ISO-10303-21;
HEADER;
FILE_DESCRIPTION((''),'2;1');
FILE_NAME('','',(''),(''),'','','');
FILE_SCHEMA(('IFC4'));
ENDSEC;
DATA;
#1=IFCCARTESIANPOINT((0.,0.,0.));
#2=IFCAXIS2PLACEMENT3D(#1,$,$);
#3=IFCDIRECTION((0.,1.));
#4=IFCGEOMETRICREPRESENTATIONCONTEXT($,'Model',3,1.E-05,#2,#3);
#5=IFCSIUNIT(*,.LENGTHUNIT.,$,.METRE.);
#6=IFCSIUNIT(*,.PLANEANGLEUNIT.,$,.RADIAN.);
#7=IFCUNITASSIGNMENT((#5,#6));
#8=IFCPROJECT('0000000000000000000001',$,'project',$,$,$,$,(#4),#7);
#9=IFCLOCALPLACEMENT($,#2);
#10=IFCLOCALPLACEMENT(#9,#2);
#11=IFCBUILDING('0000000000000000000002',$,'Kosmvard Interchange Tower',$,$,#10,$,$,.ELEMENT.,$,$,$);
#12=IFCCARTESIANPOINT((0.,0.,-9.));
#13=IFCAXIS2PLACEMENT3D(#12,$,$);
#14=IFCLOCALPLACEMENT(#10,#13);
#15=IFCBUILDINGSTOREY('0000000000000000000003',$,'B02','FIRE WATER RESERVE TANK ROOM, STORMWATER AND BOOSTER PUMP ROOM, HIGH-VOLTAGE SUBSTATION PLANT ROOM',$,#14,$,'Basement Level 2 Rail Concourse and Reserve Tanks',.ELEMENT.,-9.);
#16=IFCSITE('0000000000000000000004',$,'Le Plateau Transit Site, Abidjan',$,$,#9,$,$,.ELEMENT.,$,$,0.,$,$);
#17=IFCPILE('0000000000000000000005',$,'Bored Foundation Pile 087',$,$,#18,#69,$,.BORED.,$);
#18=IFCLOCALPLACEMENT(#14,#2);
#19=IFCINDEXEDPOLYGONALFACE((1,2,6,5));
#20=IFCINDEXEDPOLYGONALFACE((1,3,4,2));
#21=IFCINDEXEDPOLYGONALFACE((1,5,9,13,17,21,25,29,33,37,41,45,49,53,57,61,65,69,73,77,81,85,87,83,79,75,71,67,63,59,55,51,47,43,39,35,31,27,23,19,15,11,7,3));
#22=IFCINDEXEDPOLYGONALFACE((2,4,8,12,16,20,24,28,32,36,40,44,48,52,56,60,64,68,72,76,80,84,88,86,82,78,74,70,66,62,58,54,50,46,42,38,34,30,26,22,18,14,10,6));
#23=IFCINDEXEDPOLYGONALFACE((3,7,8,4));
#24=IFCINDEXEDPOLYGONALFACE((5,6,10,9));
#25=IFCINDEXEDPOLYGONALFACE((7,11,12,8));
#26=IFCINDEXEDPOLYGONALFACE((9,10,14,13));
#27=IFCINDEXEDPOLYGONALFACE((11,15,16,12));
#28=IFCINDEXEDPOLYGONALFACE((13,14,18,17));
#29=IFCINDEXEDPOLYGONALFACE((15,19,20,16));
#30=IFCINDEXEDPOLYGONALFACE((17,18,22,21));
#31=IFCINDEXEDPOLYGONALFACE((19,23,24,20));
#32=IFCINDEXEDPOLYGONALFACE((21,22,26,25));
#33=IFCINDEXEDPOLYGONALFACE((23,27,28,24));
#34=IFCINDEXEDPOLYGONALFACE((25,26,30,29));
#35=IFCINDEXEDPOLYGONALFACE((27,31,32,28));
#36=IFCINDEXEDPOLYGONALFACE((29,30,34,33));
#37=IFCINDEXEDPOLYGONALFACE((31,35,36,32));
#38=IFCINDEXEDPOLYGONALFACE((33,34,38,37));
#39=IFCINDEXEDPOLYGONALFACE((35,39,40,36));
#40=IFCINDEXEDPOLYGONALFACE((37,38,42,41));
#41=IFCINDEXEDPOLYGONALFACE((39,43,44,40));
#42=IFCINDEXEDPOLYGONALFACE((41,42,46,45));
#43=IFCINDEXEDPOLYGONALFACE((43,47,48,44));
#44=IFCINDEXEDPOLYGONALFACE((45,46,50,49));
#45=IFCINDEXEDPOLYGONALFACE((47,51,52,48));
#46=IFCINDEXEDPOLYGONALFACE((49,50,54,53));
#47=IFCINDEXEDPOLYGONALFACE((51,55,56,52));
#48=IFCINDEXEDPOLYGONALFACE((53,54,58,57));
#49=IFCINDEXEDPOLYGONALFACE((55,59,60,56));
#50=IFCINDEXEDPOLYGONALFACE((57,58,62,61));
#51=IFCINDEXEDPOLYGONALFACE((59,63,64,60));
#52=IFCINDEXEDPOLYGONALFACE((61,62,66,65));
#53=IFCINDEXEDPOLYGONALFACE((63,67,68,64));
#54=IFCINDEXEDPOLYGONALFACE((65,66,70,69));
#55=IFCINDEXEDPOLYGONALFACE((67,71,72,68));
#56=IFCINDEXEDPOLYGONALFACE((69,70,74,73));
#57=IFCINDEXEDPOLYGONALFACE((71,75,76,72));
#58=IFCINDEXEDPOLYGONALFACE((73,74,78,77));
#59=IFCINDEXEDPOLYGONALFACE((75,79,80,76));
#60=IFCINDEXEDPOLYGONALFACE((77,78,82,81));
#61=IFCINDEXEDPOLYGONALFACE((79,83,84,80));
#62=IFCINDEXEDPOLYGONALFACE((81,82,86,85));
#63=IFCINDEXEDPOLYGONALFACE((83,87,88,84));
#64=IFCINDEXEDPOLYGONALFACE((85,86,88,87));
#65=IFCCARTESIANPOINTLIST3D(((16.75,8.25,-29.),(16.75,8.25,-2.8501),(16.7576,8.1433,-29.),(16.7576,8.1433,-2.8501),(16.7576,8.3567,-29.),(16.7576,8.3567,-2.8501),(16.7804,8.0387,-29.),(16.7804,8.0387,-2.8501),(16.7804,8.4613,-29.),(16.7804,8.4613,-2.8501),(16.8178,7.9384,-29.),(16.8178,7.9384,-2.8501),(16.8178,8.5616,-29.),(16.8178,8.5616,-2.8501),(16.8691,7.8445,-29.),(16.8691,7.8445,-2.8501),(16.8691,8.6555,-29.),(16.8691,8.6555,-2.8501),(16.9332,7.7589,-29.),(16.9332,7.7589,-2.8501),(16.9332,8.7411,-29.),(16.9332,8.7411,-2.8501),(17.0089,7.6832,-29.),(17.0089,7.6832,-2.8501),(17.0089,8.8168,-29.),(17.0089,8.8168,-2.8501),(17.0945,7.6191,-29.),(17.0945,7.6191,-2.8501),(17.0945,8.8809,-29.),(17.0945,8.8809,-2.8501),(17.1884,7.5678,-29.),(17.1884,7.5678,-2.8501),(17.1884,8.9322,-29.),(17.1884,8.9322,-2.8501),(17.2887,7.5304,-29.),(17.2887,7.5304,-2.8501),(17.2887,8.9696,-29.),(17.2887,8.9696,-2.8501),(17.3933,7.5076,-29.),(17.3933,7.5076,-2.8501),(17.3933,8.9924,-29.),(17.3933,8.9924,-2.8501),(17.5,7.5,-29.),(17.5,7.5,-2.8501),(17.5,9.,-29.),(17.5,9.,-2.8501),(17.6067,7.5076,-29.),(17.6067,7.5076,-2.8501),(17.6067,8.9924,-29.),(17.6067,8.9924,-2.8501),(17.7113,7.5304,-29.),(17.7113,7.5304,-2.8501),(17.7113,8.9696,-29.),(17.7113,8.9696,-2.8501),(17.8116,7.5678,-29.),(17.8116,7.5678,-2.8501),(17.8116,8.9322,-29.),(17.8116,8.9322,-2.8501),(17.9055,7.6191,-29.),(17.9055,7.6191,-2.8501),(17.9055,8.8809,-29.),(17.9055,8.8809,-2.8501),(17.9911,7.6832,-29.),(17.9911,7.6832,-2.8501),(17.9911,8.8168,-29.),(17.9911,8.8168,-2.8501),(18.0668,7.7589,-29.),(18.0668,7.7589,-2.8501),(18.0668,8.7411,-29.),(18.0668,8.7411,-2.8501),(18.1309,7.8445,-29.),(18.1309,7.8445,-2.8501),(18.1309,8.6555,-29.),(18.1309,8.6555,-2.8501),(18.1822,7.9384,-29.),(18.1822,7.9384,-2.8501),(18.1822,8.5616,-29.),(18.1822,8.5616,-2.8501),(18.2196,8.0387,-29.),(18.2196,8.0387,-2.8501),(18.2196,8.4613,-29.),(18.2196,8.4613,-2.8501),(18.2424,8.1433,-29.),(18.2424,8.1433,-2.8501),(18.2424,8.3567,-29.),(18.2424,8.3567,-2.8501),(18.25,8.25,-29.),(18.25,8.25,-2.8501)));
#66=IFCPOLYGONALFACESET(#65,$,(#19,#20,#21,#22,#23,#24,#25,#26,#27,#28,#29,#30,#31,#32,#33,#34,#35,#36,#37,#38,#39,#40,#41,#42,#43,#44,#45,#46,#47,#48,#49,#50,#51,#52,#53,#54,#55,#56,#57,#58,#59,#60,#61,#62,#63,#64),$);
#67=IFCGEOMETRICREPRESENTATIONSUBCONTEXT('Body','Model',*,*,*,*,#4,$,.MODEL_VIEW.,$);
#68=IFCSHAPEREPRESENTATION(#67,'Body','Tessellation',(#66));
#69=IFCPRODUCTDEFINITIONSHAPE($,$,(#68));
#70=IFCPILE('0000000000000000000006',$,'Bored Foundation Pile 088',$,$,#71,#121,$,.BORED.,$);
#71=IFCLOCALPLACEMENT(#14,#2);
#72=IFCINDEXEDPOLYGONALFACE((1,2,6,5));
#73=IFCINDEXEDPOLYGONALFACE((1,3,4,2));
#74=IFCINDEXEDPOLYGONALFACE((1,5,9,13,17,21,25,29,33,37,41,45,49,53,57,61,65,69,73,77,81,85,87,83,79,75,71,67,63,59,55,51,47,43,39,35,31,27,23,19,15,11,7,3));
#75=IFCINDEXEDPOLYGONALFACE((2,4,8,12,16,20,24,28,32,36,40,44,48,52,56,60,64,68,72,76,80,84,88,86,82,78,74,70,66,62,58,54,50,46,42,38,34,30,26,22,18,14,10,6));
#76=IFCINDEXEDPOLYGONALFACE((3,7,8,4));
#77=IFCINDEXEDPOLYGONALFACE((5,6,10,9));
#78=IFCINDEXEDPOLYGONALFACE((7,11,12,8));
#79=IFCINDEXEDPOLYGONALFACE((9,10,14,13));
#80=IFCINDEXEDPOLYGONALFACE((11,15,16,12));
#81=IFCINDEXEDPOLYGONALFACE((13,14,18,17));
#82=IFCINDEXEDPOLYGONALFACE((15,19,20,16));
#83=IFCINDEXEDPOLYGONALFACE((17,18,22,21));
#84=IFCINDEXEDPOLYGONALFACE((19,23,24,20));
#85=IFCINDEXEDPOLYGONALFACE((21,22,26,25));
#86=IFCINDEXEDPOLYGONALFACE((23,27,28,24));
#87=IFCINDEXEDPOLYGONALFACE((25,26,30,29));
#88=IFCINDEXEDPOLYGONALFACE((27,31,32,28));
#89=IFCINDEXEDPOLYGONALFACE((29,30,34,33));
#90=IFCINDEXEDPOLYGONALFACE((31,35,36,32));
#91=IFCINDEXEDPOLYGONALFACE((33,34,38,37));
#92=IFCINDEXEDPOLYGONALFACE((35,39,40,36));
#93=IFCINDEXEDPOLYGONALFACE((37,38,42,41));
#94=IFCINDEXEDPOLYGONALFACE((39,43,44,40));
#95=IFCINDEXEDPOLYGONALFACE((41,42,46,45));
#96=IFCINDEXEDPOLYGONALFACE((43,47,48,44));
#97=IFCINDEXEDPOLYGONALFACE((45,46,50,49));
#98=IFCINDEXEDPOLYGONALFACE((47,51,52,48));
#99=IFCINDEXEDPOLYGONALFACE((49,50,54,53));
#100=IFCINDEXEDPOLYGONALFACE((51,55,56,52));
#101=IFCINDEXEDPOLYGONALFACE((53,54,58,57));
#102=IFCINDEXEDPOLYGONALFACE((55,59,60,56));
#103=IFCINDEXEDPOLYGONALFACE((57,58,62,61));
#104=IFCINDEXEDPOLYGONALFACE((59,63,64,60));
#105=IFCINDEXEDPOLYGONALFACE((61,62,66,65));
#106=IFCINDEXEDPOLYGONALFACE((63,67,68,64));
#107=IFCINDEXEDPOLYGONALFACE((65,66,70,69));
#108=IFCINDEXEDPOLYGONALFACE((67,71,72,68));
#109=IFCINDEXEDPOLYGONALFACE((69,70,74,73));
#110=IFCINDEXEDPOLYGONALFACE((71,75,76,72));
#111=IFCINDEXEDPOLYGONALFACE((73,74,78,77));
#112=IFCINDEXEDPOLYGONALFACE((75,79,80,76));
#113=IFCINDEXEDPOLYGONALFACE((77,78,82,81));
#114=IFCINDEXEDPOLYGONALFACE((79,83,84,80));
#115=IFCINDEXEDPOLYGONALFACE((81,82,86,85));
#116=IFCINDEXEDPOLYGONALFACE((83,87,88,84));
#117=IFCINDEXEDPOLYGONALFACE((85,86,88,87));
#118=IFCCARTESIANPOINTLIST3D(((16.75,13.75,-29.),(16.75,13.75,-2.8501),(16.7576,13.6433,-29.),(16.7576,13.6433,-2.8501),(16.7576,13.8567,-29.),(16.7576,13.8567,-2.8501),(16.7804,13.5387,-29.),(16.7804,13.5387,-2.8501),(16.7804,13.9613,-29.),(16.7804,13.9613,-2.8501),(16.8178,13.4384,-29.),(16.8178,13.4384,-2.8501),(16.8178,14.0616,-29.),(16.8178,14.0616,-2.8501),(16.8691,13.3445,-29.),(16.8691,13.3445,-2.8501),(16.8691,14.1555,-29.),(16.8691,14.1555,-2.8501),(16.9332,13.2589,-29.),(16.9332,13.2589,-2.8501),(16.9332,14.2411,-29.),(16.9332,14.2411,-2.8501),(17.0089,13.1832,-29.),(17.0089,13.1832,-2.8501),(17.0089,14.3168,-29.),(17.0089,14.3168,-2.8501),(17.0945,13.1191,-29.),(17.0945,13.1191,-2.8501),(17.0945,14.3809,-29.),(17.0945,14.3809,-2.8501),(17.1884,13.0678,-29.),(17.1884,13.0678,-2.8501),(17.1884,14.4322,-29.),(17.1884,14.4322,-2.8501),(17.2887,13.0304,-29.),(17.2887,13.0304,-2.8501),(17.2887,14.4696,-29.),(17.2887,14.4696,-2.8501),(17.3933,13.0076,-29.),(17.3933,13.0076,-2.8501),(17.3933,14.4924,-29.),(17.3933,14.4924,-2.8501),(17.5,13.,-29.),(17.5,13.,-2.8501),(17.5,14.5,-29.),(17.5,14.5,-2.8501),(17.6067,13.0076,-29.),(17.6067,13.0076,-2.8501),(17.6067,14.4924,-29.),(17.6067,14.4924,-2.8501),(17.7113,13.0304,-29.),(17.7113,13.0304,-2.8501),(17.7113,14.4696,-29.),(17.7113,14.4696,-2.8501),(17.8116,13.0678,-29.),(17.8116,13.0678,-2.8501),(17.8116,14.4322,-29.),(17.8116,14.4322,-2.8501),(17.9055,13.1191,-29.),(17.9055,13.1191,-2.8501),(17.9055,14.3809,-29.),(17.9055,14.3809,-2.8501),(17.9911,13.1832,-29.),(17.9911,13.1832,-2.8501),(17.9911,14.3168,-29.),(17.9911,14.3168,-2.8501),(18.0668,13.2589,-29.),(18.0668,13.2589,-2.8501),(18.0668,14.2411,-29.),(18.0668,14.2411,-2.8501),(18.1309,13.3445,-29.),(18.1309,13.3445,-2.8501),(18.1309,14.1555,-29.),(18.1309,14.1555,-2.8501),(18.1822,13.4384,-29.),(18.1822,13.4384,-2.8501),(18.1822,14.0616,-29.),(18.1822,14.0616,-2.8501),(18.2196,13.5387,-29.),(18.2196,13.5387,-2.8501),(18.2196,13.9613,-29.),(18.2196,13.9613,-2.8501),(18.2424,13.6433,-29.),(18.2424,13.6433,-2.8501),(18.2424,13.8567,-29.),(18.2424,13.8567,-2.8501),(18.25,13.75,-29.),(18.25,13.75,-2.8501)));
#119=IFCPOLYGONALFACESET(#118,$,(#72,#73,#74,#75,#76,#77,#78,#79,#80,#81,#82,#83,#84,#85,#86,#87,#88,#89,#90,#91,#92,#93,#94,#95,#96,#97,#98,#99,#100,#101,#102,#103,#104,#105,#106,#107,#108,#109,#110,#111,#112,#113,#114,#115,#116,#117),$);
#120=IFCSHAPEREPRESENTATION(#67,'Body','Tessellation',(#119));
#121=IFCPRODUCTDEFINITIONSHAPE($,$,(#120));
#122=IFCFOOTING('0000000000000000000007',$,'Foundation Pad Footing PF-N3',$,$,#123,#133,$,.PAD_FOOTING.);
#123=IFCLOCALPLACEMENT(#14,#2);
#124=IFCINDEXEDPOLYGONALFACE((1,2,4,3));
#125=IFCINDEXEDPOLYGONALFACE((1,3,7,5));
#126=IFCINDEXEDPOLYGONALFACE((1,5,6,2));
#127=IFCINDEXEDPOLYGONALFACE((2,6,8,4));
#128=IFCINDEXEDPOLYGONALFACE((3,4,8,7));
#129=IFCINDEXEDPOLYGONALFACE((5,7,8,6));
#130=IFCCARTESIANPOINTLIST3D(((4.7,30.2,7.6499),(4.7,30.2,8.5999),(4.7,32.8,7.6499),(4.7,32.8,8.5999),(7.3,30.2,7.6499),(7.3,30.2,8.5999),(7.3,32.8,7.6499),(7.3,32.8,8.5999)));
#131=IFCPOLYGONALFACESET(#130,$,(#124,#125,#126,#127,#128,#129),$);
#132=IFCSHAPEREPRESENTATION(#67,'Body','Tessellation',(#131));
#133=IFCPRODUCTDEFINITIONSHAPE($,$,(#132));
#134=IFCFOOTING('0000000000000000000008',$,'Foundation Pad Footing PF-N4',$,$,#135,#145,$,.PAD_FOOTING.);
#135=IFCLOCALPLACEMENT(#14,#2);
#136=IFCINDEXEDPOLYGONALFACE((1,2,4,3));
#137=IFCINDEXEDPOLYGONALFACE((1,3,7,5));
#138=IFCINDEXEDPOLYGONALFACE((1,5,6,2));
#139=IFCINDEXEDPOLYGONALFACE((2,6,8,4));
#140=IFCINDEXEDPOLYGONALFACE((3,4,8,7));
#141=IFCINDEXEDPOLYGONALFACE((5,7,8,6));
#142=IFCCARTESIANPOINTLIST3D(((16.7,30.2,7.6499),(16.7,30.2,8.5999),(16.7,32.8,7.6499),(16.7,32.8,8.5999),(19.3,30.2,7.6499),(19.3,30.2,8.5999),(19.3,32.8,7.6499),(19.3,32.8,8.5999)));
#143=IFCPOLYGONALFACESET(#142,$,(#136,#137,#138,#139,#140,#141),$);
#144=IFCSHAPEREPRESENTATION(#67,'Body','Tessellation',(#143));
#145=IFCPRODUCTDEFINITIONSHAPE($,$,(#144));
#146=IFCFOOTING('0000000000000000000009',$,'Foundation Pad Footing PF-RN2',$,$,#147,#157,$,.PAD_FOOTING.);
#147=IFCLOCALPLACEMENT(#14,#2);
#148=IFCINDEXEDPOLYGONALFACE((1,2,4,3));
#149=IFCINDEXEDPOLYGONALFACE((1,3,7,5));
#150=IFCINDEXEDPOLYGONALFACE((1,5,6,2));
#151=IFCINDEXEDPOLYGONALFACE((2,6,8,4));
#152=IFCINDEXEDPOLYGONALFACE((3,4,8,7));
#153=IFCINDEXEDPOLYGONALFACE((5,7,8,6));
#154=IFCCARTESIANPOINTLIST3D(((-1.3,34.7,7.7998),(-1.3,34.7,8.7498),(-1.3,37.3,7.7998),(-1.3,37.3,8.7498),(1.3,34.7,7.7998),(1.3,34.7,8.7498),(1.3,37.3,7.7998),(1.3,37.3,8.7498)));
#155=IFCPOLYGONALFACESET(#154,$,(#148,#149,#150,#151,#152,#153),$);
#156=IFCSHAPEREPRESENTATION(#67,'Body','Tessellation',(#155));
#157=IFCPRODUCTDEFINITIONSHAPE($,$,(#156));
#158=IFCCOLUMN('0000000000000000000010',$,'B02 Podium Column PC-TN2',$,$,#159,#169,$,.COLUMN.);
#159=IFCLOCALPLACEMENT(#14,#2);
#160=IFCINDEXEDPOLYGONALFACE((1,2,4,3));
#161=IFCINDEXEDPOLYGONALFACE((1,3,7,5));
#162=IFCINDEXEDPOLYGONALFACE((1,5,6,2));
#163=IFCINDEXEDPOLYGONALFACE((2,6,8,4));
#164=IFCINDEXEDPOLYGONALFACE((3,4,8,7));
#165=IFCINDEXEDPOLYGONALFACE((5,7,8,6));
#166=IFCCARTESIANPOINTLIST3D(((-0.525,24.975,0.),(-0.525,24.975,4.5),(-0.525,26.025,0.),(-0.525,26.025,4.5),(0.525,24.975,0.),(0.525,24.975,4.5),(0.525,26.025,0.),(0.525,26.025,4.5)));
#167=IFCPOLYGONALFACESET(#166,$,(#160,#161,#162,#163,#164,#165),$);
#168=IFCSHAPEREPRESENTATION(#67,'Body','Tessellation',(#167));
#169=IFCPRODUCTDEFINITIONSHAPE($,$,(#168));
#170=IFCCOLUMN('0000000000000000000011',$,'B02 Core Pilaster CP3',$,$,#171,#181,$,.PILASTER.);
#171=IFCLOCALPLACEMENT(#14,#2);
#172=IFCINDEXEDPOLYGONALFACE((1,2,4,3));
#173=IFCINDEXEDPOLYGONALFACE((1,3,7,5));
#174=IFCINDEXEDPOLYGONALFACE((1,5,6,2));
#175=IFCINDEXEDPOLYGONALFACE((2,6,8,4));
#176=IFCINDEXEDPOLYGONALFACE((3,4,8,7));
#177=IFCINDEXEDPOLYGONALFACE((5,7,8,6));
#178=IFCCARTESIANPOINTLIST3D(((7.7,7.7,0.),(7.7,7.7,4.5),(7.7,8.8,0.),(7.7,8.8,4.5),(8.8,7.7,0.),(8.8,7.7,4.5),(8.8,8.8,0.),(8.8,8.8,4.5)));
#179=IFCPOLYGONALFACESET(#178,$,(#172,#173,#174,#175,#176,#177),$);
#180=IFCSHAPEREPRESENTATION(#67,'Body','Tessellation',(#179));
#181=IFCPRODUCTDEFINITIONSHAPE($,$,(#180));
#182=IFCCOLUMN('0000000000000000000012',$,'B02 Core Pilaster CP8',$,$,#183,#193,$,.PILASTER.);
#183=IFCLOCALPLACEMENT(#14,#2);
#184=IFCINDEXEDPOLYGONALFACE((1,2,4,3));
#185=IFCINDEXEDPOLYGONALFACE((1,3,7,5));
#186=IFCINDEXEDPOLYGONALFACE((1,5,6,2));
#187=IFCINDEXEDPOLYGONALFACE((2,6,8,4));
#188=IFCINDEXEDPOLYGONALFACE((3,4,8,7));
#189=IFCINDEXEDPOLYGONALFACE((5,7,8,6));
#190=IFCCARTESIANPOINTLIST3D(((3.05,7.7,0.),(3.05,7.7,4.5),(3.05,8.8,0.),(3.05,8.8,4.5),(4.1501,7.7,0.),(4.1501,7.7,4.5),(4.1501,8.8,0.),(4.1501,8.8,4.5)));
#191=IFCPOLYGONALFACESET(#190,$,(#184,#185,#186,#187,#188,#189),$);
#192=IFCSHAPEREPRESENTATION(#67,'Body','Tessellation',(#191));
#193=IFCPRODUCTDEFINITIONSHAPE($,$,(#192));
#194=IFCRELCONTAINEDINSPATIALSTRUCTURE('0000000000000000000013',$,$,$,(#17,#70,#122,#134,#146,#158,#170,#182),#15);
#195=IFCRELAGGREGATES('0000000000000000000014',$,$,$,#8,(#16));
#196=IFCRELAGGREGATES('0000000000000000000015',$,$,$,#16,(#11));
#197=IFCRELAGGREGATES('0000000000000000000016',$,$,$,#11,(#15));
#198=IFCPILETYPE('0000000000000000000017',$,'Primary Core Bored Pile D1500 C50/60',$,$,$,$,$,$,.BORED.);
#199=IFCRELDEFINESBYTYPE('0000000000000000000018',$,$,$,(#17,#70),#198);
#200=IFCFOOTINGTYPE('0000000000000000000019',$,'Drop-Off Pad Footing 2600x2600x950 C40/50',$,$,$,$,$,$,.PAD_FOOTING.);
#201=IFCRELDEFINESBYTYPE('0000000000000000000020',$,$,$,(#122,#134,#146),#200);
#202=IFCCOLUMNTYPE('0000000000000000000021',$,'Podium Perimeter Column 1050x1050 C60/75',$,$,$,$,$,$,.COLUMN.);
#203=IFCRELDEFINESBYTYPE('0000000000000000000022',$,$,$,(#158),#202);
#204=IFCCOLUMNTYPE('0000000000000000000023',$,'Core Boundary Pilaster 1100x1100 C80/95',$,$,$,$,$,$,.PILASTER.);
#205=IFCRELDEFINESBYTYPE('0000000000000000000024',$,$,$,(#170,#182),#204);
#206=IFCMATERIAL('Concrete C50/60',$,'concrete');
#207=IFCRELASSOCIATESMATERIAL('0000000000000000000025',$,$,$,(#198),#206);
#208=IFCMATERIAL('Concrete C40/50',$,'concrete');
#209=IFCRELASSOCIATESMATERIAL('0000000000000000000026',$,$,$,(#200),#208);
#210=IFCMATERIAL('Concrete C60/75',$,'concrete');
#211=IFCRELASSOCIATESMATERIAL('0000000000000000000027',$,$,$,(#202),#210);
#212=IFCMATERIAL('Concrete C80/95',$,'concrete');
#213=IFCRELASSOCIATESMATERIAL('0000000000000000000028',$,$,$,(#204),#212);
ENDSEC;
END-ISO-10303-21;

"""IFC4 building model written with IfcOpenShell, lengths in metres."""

from ifc_helpers import new_model, si_unit, direction, frame, origin, origin_2d, place, context, subcontext, project, spatial, rectangle, circle, extrude, source, transform, mapped, material, material_profile, profile_set, type_object, element, save


model = new_model("IFC4")

# Units and contexts
model_context = context("Model", 3, precision=1e-05, world=origin(), true_north=direction((0.0, 1.0)))
body_context = subcontext(model_context, "Body", "Model", "MODEL_VIEW")
ifc_project = project(units=[si_unit("LENGTHUNIT", "METRE"), si_unit("PLANEANGLEUNIT", "RADIAN")], contexts=[model_context])

# Site, building, storey
site_placement = place(None, origin())
site = spatial("IfcSite", under=ifc_project, at=site_placement, Name="Le Plateau Transit Site, Abidjan", CompositionType="ELEMENT", RefElevation=0.0)
building_placement = place(site_placement, origin())
building = spatial("IfcBuilding", under=site, at=building_placement, Name="Kosmvard Interchange Tower", CompositionType="ELEMENT")
storey_placement = place(building_placement, frame((0.0, 0.0, -9.0)))
storey = spatial("IfcBuildingStorey", under=building, at=storey_placement, Name="B02", Description="FIRE WATER RESERVE TANK ROOM, STORMWATER AND BOOSTER PUMP ROOM, HIGH-VOLTAGE SUBSTATION PLANT ROOM", LongName="Basement Level 2 Rail Concourse and Reserve Tanks", CompositionType="ELEMENT", Elevation=-9.0)

# Piles
ifc_material_1 = material(Name="Concrete C50/60", Category="concrete")
ifc_material_profile_1 = material_profile(ifc_material_1, circle(Radius=0.75, at=origin_2d()), Name="PILE D1500")
ifc_profile_set_1 = profile_set([ifc_material_profile_1], Name="Concrete C50/60")
pile_type_1 = type_object("IfcPileType", Name="Primary Core Bored Pile D1500 C50/60", PredefinedType="BORED", material=ifc_profile_set_1)
shared_shape_1 = source(origin(), body_context, "Body", "SweptSolid", [
    extrude(circle(Radius=0.75, at=origin_2d()), origin(), (0.0, 0.0, 1.0), 26.1499),
])
for number, where, z_axis, x_axis, name in (
    (1, (17.5, 8.25, -2.8501), (0.0, 0.0, -1.0), (1.0, 0.0, 0.0), "Bored Foundation Pile 087"),
    (2, (17.5, 13.75, -2.8501), (0.0, 0.0, -1.0), (1.0, 0.0, 0.0), "Bored Foundation Pile 088"),
):
    element("IfcPile", number, at=place(storey_placement, frame(where, z_axis=z_axis, x_axis=x_axis)), inside=storey, type_object=pile_type_1, Name=name, PredefinedType="BORED", context=body_context, shape_type="MappedRepresentation", body=[
        mapped(shared_shape_1, transform((0.0, 0.0, 0.0), scale=1.0)),
    ])

# Footings
ifc_material_2 = material(Name="Concrete C40/50", Category="concrete")
footing_type = type_object("IfcFootingType", Name="Drop-Off Pad Footing 2600x2600x950 C40/50", PredefinedType="PAD_FOOTING", material=ifc_material_2)
shared_shape_2 = source(origin(), body_context, "Body", "SweptSolid", [
    extrude(rectangle(XDim=2.6001, YDim=2.6001, at=origin_2d()), origin(), (0.0, 0.0, 1.0), 0.95),
])
for number, where, z_axis, x_axis, name in (
    (3, (6.0, 31.5, 7.6499), (0.0, 0.0, 1.0), (1.0, 0.0, 0.0), "Foundation Pad Footing PF-N3"),
    (4, (18.0, 31.5, 7.6499), (0.0, 0.0, 1.0), (1.0, 0.0, 0.0), "Foundation Pad Footing PF-N4"),
    (5, (0.0, 36.0, 7.7998), (0.0, 0.0, 1.0), (1.0, 0.0, 0.0), "Foundation Pad Footing PF-RN2"),
):
    element("IfcFooting", number, at=place(storey_placement, frame(where, z_axis=z_axis, x_axis=x_axis)), inside=storey, type_object=footing_type, Name=name, PredefinedType="PAD_FOOTING", context=body_context, shape_type="MappedRepresentation", body=[
        mapped(shared_shape_2, transform((0.0, 0.0, 0.0), scale=1.0)),
    ])

# Columns
ifc_material_3 = material(Name="Concrete C60/75", Category="concrete")
ifc_material_profile_2 = material_profile(ifc_material_3, rectangle(XDim=1.05, YDim=1.05, at=origin_2d()), Name="PC 1050x1050")
ifc_profile_set_2 = profile_set([ifc_material_profile_2], Name="Concrete C60/75")
column_type_1 = type_object("IfcColumnType", Name="Podium Perimeter Column 1050x1050 C60/75", PredefinedType="COLUMN", material=ifc_profile_set_2)
shared_shape_3 = source(origin(), body_context, "Body", "SweptSolid", [
    extrude(rectangle(XDim=1.05, YDim=1.05, at=origin_2d()), origin(), (0.0, 0.0, 1.0), 4.5),
])
column_1_placement = place(storey_placement, frame((0.0, 25.5, 0.0), z_axis=(0.0, 0.0, 1.0), x_axis=(1.0, 0.0, 0.0)))
element("IfcColumn", 6, at=column_1_placement, inside=storey, type_object=column_type_1, Name="B02 Podium Column PC-TN2", PredefinedType="COLUMN", context=body_context, shape_type="MappedRepresentation", body=[
    mapped(shared_shape_3, transform((0.0, 0.0, 0.0), scale=1.0)),
])
ifc_material_4 = material(Name="Concrete C80/95", Category="concrete")
ifc_material_profile_3 = material_profile(ifc_material_4, rectangle(XDim=1.1001, YDim=1.1001, at=origin_2d()), Name="CP 1100x1100")
ifc_profile_set_3 = profile_set([ifc_material_profile_3], Name="Concrete C80/95")
column_type_2 = type_object("IfcColumnType", Name="Core Boundary Pilaster 1100x1100 C80/95", PredefinedType="PILASTER", material=ifc_profile_set_3)
shared_shape_4 = source(origin(), body_context, "Body", "SweptSolid", [
    extrude(rectangle(XDim=1.1001, YDim=1.1001, at=origin_2d()), origin(), (0.0, 0.0, 1.0), 4.5),
])
for number, where, z_axis, x_axis, name in (
    (7, (8.25, 8.25, 0.0), (0.0, 0.0, 1.0), (1.0, 0.0, 0.0), "B02 Core Pilaster CP3"),
    (8, (3.6001, 8.25, 0.0), (0.0, 0.0, 1.0), (1.0, 0.0, 0.0), "B02 Core Pilaster CP8"),
):
    element("IfcColumn", number, at=place(storey_placement, frame(where, z_axis=z_axis, x_axis=x_axis)), inside=storey, type_object=column_type_2, Name=name, PredefinedType="PILASTER", context=body_context, shape_type="MappedRepresentation", body=[
        mapped(shared_shape_4, transform((0.0, 0.0, 0.0), scale=1.0)),
    ])

save(model, "model.ifc")
